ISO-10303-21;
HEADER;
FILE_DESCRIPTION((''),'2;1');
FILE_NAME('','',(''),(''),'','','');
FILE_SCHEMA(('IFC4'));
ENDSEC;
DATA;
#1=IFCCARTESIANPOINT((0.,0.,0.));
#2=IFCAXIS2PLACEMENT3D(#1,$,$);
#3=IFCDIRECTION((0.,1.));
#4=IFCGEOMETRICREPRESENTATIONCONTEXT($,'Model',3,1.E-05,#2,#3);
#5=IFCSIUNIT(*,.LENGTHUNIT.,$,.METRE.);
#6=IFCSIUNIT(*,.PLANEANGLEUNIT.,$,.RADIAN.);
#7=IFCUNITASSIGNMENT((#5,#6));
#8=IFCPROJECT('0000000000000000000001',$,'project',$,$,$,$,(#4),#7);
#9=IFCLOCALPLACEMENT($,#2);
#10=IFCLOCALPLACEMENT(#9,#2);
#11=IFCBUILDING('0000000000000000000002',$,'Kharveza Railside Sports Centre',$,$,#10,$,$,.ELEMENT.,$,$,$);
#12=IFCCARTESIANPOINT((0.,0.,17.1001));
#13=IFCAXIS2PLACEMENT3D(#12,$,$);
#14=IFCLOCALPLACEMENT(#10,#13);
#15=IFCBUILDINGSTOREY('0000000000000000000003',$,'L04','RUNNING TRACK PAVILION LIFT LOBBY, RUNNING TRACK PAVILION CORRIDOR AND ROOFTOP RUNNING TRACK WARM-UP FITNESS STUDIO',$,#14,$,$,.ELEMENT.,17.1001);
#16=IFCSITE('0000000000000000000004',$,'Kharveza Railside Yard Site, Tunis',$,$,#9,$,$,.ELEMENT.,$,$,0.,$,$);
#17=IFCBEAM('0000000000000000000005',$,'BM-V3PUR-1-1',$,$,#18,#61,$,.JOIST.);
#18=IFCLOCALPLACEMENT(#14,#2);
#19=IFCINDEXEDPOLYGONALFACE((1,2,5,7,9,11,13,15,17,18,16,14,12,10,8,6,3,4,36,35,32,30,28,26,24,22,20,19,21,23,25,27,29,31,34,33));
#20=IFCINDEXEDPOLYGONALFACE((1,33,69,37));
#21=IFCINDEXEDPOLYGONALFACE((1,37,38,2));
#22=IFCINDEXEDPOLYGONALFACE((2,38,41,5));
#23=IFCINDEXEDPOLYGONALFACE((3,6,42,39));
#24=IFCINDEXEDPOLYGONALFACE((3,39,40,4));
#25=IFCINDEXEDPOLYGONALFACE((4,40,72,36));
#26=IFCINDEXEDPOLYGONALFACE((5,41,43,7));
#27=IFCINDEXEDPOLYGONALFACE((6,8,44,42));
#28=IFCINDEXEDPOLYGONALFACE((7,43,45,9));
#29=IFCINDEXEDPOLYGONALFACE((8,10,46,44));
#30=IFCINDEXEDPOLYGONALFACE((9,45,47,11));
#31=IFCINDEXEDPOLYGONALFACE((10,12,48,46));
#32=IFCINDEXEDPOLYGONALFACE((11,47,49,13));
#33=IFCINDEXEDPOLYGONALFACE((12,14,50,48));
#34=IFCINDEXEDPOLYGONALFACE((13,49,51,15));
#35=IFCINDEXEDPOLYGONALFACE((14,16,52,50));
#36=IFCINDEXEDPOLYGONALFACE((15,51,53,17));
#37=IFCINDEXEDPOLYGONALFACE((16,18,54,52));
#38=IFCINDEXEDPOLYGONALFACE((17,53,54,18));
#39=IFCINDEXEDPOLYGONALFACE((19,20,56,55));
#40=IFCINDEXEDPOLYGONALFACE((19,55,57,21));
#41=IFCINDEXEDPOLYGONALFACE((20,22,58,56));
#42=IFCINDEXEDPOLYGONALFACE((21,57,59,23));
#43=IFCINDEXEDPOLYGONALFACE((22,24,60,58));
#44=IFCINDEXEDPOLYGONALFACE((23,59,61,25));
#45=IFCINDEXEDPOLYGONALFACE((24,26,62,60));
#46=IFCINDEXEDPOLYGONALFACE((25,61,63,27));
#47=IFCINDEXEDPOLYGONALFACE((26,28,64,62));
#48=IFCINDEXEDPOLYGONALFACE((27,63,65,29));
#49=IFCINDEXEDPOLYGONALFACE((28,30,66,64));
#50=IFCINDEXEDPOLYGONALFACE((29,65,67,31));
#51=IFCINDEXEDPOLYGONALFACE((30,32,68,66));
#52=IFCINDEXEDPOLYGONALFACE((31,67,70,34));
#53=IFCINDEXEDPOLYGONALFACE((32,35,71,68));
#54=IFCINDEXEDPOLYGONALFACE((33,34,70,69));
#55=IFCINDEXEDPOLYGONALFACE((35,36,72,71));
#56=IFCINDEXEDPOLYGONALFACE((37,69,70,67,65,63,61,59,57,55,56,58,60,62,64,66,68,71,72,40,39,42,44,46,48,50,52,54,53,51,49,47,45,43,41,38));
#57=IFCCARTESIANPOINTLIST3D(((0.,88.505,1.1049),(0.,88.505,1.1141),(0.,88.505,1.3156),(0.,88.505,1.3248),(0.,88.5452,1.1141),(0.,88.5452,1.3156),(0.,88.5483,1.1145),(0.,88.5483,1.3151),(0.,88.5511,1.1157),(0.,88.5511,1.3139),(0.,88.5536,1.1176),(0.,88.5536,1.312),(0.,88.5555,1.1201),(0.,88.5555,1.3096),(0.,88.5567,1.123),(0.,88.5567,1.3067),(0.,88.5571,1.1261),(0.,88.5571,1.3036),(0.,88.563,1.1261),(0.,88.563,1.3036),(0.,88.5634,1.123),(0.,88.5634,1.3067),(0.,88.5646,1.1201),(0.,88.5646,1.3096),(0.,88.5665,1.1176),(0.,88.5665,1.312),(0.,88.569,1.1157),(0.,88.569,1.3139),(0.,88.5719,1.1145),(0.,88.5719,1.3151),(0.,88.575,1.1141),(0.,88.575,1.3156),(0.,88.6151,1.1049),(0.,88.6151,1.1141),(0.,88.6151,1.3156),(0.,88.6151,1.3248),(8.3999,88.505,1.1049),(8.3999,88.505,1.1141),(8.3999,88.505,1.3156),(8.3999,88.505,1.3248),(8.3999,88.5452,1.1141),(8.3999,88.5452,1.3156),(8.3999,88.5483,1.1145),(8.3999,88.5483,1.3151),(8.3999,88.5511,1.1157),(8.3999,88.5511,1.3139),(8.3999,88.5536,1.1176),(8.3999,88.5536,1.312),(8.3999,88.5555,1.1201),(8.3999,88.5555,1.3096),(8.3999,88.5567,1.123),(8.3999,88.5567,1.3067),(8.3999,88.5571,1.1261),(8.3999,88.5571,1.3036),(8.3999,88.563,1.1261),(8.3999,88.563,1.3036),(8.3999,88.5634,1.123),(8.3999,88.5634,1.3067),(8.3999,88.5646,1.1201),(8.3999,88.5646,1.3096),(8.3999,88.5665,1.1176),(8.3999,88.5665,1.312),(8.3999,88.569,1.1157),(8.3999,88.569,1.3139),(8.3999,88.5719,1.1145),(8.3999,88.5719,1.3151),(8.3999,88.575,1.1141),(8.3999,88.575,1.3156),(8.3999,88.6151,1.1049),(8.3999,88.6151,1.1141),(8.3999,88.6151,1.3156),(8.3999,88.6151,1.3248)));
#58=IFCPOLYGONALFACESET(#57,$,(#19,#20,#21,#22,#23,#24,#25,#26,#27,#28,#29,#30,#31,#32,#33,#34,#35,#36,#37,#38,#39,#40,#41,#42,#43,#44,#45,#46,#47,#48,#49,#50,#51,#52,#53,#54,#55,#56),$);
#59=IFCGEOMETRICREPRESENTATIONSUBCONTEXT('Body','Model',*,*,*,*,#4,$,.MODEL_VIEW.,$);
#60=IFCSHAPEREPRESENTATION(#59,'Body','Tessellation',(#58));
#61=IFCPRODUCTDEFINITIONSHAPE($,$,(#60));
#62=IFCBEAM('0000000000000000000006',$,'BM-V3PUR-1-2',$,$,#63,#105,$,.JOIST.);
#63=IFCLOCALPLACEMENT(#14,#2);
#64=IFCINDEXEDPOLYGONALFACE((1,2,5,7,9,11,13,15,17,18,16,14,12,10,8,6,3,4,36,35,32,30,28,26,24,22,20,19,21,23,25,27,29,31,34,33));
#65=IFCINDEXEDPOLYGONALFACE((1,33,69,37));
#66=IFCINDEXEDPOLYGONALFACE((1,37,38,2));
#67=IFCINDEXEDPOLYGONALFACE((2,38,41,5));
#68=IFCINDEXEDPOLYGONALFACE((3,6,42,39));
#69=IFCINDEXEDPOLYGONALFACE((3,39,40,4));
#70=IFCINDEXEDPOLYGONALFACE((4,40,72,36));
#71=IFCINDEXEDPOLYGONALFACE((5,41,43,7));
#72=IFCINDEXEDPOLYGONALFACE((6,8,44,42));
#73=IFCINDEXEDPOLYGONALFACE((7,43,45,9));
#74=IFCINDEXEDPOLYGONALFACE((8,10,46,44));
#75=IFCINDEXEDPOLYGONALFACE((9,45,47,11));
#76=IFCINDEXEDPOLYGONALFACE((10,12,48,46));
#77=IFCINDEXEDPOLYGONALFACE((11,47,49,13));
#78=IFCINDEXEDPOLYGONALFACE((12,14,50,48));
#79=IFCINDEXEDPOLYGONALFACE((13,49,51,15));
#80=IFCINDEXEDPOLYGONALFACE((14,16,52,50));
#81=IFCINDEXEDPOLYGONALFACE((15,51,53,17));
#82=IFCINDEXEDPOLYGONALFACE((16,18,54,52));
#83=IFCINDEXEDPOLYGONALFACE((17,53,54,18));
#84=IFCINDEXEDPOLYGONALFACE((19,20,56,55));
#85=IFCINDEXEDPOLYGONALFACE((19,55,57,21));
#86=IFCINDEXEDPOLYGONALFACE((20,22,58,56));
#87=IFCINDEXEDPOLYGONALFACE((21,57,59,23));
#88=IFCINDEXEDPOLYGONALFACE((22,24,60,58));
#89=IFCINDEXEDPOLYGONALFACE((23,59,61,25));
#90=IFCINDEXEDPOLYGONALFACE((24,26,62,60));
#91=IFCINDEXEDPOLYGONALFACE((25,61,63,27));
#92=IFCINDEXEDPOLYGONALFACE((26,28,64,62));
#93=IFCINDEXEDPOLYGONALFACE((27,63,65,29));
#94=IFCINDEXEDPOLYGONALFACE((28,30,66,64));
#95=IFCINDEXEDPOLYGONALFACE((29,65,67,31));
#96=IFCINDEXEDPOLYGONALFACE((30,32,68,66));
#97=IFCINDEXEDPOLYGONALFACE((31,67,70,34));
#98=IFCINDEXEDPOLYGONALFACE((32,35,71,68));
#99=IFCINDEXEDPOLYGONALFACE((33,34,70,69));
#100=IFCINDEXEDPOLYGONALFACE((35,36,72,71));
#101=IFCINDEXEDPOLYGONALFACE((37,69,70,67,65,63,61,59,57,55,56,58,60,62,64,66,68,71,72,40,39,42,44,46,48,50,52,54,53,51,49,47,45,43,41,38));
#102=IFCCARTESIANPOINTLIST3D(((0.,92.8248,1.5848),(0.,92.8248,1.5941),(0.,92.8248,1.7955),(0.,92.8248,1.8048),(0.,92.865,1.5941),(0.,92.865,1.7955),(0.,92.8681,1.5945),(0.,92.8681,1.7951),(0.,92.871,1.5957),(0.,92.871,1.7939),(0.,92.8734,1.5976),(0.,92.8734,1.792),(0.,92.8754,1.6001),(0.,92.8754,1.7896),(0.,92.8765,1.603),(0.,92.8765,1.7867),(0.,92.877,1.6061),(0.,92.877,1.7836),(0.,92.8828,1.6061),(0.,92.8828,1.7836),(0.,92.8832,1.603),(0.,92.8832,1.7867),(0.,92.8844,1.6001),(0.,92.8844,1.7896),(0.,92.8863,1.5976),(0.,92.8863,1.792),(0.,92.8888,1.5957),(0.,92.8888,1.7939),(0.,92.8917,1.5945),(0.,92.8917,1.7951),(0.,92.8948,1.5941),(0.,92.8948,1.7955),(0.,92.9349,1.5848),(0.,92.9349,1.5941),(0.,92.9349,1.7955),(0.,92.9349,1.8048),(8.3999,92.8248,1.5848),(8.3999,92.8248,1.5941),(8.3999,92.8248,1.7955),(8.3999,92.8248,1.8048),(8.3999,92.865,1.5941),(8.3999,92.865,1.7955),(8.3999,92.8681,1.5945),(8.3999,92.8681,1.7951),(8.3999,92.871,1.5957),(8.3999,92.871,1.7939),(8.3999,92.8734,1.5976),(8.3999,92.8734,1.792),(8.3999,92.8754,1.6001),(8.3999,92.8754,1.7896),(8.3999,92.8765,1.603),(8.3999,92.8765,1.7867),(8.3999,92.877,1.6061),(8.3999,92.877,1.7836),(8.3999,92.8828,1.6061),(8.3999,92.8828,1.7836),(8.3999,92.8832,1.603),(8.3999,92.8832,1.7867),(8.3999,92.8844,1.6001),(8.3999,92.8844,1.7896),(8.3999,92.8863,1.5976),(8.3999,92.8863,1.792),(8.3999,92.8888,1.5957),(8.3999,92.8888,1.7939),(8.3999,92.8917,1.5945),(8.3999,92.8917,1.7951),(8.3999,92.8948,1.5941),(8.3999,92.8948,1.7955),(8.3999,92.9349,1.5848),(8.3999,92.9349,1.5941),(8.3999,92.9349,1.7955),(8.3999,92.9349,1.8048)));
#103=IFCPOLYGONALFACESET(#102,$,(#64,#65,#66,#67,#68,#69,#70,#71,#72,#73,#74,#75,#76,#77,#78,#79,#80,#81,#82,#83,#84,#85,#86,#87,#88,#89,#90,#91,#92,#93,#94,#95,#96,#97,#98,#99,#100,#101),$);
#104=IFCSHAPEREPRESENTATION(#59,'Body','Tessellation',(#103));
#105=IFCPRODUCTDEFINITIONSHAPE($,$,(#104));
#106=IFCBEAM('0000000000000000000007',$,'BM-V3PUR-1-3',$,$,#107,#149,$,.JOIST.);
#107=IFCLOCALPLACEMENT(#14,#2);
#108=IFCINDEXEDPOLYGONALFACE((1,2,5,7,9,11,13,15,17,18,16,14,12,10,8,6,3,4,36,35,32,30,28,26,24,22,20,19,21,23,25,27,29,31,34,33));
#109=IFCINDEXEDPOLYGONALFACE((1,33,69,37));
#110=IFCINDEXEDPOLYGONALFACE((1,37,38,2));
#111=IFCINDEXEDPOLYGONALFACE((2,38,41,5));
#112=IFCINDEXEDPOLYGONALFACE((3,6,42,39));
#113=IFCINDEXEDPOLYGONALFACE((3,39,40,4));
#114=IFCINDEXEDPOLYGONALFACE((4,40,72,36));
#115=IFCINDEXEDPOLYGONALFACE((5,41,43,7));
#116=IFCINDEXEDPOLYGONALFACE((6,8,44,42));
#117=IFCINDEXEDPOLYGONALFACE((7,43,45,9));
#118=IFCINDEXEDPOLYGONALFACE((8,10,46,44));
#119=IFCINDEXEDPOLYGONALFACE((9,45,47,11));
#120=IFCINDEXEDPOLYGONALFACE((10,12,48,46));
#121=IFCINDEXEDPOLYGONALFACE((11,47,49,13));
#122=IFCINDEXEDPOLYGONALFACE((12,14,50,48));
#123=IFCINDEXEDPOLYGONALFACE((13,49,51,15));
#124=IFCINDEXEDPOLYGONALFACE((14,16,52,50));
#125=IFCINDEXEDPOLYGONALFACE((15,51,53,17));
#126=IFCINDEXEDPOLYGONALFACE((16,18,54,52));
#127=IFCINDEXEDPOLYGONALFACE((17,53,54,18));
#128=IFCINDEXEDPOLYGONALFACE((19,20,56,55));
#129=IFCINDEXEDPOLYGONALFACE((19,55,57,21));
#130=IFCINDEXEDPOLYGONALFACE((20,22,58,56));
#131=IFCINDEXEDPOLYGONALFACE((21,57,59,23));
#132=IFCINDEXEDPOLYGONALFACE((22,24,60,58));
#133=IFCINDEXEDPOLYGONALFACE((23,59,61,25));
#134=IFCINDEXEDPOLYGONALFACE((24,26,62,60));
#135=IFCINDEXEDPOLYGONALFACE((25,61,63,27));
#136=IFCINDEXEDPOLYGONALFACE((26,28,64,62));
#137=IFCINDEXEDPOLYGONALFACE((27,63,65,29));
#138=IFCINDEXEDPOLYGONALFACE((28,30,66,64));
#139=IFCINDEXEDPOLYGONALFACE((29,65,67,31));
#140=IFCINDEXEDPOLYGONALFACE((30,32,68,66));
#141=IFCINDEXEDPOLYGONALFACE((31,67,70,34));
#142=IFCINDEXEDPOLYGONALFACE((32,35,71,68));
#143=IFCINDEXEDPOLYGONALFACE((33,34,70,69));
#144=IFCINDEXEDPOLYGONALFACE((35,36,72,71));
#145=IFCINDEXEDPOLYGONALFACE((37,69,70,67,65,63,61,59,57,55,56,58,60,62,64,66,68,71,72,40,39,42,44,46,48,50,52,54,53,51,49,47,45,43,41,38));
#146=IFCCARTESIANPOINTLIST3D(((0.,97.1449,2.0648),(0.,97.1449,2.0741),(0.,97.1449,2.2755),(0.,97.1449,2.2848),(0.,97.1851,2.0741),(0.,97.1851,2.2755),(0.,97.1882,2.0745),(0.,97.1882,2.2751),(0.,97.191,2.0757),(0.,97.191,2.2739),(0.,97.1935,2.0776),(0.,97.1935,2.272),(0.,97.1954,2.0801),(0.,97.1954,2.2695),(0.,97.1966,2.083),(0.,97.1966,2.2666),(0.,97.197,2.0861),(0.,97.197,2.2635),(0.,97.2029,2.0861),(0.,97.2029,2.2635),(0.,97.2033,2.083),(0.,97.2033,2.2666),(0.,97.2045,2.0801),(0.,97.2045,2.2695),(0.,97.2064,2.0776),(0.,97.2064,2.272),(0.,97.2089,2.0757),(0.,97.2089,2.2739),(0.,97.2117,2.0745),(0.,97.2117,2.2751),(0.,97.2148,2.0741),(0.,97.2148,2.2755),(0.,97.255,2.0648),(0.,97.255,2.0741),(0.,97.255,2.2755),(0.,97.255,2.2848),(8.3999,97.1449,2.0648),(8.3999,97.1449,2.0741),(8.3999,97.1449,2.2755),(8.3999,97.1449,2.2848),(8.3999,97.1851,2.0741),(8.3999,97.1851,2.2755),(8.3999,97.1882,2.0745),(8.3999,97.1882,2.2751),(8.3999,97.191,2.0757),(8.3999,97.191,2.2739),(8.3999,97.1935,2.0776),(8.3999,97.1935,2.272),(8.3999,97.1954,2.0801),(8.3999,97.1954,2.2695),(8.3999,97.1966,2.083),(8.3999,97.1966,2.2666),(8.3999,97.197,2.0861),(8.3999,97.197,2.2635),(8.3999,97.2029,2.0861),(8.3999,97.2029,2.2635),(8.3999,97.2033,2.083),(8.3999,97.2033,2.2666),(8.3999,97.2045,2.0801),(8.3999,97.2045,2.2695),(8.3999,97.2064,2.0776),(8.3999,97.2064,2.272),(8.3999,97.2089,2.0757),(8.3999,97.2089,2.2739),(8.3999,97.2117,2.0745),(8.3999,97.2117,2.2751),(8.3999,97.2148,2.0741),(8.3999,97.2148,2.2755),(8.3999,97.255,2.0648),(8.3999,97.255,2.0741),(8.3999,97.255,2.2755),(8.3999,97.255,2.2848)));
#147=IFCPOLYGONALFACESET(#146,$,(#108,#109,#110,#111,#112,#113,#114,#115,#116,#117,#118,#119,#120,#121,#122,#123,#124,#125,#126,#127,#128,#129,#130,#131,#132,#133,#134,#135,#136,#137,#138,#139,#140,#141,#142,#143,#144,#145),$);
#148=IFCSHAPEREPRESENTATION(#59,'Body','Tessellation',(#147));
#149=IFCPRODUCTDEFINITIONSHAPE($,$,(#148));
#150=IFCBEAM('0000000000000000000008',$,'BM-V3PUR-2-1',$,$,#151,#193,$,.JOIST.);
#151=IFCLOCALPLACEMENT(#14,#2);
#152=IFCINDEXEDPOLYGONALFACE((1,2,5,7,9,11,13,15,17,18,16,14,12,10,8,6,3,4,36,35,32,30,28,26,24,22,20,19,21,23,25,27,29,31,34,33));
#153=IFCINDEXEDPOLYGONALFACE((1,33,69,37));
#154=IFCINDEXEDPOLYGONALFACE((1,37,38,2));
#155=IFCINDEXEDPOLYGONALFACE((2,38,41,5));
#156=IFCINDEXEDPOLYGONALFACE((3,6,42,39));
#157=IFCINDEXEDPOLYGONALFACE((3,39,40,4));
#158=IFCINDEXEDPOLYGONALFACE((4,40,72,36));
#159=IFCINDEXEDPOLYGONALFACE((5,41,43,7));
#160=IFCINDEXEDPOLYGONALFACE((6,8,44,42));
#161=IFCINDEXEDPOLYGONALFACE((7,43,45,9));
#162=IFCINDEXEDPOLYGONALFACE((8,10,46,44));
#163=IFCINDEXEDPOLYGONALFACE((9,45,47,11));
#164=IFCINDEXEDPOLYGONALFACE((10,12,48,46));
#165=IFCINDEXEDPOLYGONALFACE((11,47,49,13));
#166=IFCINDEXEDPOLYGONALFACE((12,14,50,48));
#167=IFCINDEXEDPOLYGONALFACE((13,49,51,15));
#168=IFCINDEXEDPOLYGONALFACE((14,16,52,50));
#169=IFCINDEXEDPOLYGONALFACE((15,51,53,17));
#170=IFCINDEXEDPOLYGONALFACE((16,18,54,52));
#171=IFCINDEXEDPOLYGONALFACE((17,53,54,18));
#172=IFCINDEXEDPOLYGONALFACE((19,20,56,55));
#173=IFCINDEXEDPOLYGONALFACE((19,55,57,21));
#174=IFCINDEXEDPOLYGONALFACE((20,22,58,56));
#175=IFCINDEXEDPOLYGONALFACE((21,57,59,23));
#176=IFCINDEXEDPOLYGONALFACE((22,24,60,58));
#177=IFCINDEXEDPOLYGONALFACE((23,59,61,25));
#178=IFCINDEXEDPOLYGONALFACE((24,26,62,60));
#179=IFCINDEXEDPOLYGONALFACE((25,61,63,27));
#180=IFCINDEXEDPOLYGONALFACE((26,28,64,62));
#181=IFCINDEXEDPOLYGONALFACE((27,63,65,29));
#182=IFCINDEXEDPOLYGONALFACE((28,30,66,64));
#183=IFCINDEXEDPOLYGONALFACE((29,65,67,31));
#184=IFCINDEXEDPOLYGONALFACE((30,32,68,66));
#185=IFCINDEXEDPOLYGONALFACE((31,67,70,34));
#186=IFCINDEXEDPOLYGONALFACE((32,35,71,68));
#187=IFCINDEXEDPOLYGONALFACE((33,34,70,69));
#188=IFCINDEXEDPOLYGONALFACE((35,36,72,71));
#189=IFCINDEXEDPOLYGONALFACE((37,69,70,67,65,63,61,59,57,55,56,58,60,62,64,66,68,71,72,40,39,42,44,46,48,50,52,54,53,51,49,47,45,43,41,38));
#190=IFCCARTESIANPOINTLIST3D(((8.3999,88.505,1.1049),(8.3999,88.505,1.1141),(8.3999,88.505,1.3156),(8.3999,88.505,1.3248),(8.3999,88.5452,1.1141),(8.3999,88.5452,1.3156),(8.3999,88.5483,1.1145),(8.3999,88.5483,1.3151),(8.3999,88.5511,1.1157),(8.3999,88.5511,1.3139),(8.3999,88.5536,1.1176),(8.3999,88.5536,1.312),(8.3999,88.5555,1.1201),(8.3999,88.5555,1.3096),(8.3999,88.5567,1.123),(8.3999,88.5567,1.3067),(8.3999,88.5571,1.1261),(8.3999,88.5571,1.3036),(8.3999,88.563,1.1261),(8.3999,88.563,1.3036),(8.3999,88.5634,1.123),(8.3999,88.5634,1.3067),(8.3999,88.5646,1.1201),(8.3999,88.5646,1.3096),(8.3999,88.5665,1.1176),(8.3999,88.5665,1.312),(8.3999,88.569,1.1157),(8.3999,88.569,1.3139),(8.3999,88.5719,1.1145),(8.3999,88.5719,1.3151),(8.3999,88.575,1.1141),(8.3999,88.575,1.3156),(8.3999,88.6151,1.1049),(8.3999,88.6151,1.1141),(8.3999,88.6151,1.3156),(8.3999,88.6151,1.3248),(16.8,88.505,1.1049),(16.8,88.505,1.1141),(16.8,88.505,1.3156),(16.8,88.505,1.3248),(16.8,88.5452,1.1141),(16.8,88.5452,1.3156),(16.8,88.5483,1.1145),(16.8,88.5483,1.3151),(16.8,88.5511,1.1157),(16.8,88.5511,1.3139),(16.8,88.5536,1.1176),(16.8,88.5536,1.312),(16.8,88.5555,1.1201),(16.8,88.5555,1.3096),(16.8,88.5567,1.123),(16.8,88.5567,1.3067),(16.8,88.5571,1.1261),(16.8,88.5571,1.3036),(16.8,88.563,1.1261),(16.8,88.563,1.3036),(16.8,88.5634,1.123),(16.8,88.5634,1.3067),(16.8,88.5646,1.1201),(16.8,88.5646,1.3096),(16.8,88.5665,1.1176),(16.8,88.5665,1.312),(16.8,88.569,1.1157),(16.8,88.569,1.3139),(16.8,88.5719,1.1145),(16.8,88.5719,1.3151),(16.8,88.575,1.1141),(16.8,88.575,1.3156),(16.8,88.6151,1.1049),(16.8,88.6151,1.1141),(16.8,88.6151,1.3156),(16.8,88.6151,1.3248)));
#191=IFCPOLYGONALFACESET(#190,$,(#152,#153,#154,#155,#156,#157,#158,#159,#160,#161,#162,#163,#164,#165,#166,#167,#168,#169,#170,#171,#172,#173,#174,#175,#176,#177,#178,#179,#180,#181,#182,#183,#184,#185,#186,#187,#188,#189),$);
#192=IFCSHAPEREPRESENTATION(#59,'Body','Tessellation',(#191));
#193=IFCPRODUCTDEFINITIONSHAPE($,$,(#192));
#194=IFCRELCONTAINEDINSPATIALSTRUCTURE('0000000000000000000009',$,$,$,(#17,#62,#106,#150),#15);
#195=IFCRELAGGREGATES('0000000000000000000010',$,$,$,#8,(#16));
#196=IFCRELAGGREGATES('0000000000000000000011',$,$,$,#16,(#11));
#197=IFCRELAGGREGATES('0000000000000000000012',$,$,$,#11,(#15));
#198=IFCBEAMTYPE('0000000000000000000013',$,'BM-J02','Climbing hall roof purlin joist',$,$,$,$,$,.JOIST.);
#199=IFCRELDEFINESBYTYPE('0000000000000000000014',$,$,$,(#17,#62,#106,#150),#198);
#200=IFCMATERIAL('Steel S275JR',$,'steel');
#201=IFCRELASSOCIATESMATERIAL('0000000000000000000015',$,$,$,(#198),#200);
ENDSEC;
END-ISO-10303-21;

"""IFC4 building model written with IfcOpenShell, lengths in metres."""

from ifc_helpers import new_model, si_unit, direction, frame, origin, origin_2d, place, context, subcontext, project, spatial, i_section, extrude, material, material_profile, profile_set, type_object, element, save


model = new_model("IFC4")

# Units and contexts
model_context = context("Model", 3, precision=1e-05, world=origin(), true_north=direction((0.0, 1.0)))
body_context = subcontext(model_context, "Body", "Model", "MODEL_VIEW")
ifc_project = project(units=[si_unit("LENGTHUNIT", "METRE"), si_unit("PLANEANGLEUNIT", "RADIAN")], contexts=[model_context])

# Site, building, storey
site_placement = place(None, origin())
site = spatial("IfcSite", under=ifc_project, at=site_placement, Name="Kharveza Railside Yard Site, Tunis", CompositionType="ELEMENT", RefElevation=0.0)
building_placement = place(site_placement, origin())
building = spatial("IfcBuilding", under=site, at=building_placement, Name="Kharveza Railside Sports Centre", CompositionType="ELEMENT")
storey_placement = place(building_placement, frame((0.0, 0.0, 17.1001)))
storey = spatial("IfcBuildingStorey", under=building, at=storey_placement, Name="L04", Description="RUNNING TRACK PAVILION LIFT LOBBY, RUNNING TRACK PAVILION CORRIDOR AND ROOFTOP RUNNING TRACK WARM-UP FITNESS STUDIO", CompositionType="ELEMENT", Elevation=17.1001)

# Beams
ifc_material_1 = material(Name="Steel S275JR", Category="steel")
ifc_material_profile_1 = material_profile(ifc_material_1, i_section(OverallWidth=0.1101, OverallDepth=0.22, WebThickness=0.0059, FlangeThickness=0.0093, FilletRadius=0.012, at=origin_2d()), Name="IPE 220")
ifc_profile_set_1 = profile_set([ifc_material_profile_1], Name="Steel S275JR")
beam_type = type_object("IfcBeamType", Name="BM-J02", Description="Climbing hall roof purlin joist", PredefinedType="JOIST", material=ifc_profile_set_1)
for number, where, z_axis, x_axis, name in (
    (1, (0.0, 88.5601, 1.2148), (1.0, 0.0, 0.0), (0.0, 1.0, 0.0), "BM-V3PUR-1-1"),
    (2, (0.0, 92.8799, 1.6948), (1.0, 0.0, 0.0), (0.0, 1.0, 0.0), "BM-V3PUR-1-2"),
    (3, (0.0, 97.2, 2.1748), (1.0, 0.0, 0.0), (0.0, 1.0, 0.0), "BM-V3PUR-1-3"),
):
    element("IfcBeam", number, at=place(storey_placement, frame(where, z_axis=z_axis, x_axis=x_axis)), inside=storey, type_object=beam_type, Name=name, PredefinedType="JOIST", context=body_context, shape_type="SweptSolid", body=[
        extrude(i_section(OverallWidth=0.1101, OverallDepth=0.22, WebThickness=0.0059, FlangeThickness=0.0093, FilletRadius=0.012, at=origin_2d()), origin(), (0.0, 0.0, 1.0), 8.3999),
    ])
for number, where, z_axis, x_axis, name in (
    (4, (8.3999, 88.5601, 1.2148), (1.0, 0.0, 0.0), (0.0, 1.0, 0.0), "BM-V3PUR-2-1"),
):
    element("IfcBeam", number, at=place(storey_placement, frame(where, z_axis=z_axis, x_axis=x_axis)), inside=storey, type_object=beam_type, Name=name, PredefinedType="JOIST", context=body_context, shape_type="SweptSolid", body=[
        extrude(i_section(OverallWidth=0.1101, OverallDepth=0.22, WebThickness=0.0059, FlangeThickness=0.0093, FilletRadius=0.012, at=origin_2d()), origin(), (0.0, 0.0, 1.0), 8.4001),
    ])

save(model, "model.ifc")
